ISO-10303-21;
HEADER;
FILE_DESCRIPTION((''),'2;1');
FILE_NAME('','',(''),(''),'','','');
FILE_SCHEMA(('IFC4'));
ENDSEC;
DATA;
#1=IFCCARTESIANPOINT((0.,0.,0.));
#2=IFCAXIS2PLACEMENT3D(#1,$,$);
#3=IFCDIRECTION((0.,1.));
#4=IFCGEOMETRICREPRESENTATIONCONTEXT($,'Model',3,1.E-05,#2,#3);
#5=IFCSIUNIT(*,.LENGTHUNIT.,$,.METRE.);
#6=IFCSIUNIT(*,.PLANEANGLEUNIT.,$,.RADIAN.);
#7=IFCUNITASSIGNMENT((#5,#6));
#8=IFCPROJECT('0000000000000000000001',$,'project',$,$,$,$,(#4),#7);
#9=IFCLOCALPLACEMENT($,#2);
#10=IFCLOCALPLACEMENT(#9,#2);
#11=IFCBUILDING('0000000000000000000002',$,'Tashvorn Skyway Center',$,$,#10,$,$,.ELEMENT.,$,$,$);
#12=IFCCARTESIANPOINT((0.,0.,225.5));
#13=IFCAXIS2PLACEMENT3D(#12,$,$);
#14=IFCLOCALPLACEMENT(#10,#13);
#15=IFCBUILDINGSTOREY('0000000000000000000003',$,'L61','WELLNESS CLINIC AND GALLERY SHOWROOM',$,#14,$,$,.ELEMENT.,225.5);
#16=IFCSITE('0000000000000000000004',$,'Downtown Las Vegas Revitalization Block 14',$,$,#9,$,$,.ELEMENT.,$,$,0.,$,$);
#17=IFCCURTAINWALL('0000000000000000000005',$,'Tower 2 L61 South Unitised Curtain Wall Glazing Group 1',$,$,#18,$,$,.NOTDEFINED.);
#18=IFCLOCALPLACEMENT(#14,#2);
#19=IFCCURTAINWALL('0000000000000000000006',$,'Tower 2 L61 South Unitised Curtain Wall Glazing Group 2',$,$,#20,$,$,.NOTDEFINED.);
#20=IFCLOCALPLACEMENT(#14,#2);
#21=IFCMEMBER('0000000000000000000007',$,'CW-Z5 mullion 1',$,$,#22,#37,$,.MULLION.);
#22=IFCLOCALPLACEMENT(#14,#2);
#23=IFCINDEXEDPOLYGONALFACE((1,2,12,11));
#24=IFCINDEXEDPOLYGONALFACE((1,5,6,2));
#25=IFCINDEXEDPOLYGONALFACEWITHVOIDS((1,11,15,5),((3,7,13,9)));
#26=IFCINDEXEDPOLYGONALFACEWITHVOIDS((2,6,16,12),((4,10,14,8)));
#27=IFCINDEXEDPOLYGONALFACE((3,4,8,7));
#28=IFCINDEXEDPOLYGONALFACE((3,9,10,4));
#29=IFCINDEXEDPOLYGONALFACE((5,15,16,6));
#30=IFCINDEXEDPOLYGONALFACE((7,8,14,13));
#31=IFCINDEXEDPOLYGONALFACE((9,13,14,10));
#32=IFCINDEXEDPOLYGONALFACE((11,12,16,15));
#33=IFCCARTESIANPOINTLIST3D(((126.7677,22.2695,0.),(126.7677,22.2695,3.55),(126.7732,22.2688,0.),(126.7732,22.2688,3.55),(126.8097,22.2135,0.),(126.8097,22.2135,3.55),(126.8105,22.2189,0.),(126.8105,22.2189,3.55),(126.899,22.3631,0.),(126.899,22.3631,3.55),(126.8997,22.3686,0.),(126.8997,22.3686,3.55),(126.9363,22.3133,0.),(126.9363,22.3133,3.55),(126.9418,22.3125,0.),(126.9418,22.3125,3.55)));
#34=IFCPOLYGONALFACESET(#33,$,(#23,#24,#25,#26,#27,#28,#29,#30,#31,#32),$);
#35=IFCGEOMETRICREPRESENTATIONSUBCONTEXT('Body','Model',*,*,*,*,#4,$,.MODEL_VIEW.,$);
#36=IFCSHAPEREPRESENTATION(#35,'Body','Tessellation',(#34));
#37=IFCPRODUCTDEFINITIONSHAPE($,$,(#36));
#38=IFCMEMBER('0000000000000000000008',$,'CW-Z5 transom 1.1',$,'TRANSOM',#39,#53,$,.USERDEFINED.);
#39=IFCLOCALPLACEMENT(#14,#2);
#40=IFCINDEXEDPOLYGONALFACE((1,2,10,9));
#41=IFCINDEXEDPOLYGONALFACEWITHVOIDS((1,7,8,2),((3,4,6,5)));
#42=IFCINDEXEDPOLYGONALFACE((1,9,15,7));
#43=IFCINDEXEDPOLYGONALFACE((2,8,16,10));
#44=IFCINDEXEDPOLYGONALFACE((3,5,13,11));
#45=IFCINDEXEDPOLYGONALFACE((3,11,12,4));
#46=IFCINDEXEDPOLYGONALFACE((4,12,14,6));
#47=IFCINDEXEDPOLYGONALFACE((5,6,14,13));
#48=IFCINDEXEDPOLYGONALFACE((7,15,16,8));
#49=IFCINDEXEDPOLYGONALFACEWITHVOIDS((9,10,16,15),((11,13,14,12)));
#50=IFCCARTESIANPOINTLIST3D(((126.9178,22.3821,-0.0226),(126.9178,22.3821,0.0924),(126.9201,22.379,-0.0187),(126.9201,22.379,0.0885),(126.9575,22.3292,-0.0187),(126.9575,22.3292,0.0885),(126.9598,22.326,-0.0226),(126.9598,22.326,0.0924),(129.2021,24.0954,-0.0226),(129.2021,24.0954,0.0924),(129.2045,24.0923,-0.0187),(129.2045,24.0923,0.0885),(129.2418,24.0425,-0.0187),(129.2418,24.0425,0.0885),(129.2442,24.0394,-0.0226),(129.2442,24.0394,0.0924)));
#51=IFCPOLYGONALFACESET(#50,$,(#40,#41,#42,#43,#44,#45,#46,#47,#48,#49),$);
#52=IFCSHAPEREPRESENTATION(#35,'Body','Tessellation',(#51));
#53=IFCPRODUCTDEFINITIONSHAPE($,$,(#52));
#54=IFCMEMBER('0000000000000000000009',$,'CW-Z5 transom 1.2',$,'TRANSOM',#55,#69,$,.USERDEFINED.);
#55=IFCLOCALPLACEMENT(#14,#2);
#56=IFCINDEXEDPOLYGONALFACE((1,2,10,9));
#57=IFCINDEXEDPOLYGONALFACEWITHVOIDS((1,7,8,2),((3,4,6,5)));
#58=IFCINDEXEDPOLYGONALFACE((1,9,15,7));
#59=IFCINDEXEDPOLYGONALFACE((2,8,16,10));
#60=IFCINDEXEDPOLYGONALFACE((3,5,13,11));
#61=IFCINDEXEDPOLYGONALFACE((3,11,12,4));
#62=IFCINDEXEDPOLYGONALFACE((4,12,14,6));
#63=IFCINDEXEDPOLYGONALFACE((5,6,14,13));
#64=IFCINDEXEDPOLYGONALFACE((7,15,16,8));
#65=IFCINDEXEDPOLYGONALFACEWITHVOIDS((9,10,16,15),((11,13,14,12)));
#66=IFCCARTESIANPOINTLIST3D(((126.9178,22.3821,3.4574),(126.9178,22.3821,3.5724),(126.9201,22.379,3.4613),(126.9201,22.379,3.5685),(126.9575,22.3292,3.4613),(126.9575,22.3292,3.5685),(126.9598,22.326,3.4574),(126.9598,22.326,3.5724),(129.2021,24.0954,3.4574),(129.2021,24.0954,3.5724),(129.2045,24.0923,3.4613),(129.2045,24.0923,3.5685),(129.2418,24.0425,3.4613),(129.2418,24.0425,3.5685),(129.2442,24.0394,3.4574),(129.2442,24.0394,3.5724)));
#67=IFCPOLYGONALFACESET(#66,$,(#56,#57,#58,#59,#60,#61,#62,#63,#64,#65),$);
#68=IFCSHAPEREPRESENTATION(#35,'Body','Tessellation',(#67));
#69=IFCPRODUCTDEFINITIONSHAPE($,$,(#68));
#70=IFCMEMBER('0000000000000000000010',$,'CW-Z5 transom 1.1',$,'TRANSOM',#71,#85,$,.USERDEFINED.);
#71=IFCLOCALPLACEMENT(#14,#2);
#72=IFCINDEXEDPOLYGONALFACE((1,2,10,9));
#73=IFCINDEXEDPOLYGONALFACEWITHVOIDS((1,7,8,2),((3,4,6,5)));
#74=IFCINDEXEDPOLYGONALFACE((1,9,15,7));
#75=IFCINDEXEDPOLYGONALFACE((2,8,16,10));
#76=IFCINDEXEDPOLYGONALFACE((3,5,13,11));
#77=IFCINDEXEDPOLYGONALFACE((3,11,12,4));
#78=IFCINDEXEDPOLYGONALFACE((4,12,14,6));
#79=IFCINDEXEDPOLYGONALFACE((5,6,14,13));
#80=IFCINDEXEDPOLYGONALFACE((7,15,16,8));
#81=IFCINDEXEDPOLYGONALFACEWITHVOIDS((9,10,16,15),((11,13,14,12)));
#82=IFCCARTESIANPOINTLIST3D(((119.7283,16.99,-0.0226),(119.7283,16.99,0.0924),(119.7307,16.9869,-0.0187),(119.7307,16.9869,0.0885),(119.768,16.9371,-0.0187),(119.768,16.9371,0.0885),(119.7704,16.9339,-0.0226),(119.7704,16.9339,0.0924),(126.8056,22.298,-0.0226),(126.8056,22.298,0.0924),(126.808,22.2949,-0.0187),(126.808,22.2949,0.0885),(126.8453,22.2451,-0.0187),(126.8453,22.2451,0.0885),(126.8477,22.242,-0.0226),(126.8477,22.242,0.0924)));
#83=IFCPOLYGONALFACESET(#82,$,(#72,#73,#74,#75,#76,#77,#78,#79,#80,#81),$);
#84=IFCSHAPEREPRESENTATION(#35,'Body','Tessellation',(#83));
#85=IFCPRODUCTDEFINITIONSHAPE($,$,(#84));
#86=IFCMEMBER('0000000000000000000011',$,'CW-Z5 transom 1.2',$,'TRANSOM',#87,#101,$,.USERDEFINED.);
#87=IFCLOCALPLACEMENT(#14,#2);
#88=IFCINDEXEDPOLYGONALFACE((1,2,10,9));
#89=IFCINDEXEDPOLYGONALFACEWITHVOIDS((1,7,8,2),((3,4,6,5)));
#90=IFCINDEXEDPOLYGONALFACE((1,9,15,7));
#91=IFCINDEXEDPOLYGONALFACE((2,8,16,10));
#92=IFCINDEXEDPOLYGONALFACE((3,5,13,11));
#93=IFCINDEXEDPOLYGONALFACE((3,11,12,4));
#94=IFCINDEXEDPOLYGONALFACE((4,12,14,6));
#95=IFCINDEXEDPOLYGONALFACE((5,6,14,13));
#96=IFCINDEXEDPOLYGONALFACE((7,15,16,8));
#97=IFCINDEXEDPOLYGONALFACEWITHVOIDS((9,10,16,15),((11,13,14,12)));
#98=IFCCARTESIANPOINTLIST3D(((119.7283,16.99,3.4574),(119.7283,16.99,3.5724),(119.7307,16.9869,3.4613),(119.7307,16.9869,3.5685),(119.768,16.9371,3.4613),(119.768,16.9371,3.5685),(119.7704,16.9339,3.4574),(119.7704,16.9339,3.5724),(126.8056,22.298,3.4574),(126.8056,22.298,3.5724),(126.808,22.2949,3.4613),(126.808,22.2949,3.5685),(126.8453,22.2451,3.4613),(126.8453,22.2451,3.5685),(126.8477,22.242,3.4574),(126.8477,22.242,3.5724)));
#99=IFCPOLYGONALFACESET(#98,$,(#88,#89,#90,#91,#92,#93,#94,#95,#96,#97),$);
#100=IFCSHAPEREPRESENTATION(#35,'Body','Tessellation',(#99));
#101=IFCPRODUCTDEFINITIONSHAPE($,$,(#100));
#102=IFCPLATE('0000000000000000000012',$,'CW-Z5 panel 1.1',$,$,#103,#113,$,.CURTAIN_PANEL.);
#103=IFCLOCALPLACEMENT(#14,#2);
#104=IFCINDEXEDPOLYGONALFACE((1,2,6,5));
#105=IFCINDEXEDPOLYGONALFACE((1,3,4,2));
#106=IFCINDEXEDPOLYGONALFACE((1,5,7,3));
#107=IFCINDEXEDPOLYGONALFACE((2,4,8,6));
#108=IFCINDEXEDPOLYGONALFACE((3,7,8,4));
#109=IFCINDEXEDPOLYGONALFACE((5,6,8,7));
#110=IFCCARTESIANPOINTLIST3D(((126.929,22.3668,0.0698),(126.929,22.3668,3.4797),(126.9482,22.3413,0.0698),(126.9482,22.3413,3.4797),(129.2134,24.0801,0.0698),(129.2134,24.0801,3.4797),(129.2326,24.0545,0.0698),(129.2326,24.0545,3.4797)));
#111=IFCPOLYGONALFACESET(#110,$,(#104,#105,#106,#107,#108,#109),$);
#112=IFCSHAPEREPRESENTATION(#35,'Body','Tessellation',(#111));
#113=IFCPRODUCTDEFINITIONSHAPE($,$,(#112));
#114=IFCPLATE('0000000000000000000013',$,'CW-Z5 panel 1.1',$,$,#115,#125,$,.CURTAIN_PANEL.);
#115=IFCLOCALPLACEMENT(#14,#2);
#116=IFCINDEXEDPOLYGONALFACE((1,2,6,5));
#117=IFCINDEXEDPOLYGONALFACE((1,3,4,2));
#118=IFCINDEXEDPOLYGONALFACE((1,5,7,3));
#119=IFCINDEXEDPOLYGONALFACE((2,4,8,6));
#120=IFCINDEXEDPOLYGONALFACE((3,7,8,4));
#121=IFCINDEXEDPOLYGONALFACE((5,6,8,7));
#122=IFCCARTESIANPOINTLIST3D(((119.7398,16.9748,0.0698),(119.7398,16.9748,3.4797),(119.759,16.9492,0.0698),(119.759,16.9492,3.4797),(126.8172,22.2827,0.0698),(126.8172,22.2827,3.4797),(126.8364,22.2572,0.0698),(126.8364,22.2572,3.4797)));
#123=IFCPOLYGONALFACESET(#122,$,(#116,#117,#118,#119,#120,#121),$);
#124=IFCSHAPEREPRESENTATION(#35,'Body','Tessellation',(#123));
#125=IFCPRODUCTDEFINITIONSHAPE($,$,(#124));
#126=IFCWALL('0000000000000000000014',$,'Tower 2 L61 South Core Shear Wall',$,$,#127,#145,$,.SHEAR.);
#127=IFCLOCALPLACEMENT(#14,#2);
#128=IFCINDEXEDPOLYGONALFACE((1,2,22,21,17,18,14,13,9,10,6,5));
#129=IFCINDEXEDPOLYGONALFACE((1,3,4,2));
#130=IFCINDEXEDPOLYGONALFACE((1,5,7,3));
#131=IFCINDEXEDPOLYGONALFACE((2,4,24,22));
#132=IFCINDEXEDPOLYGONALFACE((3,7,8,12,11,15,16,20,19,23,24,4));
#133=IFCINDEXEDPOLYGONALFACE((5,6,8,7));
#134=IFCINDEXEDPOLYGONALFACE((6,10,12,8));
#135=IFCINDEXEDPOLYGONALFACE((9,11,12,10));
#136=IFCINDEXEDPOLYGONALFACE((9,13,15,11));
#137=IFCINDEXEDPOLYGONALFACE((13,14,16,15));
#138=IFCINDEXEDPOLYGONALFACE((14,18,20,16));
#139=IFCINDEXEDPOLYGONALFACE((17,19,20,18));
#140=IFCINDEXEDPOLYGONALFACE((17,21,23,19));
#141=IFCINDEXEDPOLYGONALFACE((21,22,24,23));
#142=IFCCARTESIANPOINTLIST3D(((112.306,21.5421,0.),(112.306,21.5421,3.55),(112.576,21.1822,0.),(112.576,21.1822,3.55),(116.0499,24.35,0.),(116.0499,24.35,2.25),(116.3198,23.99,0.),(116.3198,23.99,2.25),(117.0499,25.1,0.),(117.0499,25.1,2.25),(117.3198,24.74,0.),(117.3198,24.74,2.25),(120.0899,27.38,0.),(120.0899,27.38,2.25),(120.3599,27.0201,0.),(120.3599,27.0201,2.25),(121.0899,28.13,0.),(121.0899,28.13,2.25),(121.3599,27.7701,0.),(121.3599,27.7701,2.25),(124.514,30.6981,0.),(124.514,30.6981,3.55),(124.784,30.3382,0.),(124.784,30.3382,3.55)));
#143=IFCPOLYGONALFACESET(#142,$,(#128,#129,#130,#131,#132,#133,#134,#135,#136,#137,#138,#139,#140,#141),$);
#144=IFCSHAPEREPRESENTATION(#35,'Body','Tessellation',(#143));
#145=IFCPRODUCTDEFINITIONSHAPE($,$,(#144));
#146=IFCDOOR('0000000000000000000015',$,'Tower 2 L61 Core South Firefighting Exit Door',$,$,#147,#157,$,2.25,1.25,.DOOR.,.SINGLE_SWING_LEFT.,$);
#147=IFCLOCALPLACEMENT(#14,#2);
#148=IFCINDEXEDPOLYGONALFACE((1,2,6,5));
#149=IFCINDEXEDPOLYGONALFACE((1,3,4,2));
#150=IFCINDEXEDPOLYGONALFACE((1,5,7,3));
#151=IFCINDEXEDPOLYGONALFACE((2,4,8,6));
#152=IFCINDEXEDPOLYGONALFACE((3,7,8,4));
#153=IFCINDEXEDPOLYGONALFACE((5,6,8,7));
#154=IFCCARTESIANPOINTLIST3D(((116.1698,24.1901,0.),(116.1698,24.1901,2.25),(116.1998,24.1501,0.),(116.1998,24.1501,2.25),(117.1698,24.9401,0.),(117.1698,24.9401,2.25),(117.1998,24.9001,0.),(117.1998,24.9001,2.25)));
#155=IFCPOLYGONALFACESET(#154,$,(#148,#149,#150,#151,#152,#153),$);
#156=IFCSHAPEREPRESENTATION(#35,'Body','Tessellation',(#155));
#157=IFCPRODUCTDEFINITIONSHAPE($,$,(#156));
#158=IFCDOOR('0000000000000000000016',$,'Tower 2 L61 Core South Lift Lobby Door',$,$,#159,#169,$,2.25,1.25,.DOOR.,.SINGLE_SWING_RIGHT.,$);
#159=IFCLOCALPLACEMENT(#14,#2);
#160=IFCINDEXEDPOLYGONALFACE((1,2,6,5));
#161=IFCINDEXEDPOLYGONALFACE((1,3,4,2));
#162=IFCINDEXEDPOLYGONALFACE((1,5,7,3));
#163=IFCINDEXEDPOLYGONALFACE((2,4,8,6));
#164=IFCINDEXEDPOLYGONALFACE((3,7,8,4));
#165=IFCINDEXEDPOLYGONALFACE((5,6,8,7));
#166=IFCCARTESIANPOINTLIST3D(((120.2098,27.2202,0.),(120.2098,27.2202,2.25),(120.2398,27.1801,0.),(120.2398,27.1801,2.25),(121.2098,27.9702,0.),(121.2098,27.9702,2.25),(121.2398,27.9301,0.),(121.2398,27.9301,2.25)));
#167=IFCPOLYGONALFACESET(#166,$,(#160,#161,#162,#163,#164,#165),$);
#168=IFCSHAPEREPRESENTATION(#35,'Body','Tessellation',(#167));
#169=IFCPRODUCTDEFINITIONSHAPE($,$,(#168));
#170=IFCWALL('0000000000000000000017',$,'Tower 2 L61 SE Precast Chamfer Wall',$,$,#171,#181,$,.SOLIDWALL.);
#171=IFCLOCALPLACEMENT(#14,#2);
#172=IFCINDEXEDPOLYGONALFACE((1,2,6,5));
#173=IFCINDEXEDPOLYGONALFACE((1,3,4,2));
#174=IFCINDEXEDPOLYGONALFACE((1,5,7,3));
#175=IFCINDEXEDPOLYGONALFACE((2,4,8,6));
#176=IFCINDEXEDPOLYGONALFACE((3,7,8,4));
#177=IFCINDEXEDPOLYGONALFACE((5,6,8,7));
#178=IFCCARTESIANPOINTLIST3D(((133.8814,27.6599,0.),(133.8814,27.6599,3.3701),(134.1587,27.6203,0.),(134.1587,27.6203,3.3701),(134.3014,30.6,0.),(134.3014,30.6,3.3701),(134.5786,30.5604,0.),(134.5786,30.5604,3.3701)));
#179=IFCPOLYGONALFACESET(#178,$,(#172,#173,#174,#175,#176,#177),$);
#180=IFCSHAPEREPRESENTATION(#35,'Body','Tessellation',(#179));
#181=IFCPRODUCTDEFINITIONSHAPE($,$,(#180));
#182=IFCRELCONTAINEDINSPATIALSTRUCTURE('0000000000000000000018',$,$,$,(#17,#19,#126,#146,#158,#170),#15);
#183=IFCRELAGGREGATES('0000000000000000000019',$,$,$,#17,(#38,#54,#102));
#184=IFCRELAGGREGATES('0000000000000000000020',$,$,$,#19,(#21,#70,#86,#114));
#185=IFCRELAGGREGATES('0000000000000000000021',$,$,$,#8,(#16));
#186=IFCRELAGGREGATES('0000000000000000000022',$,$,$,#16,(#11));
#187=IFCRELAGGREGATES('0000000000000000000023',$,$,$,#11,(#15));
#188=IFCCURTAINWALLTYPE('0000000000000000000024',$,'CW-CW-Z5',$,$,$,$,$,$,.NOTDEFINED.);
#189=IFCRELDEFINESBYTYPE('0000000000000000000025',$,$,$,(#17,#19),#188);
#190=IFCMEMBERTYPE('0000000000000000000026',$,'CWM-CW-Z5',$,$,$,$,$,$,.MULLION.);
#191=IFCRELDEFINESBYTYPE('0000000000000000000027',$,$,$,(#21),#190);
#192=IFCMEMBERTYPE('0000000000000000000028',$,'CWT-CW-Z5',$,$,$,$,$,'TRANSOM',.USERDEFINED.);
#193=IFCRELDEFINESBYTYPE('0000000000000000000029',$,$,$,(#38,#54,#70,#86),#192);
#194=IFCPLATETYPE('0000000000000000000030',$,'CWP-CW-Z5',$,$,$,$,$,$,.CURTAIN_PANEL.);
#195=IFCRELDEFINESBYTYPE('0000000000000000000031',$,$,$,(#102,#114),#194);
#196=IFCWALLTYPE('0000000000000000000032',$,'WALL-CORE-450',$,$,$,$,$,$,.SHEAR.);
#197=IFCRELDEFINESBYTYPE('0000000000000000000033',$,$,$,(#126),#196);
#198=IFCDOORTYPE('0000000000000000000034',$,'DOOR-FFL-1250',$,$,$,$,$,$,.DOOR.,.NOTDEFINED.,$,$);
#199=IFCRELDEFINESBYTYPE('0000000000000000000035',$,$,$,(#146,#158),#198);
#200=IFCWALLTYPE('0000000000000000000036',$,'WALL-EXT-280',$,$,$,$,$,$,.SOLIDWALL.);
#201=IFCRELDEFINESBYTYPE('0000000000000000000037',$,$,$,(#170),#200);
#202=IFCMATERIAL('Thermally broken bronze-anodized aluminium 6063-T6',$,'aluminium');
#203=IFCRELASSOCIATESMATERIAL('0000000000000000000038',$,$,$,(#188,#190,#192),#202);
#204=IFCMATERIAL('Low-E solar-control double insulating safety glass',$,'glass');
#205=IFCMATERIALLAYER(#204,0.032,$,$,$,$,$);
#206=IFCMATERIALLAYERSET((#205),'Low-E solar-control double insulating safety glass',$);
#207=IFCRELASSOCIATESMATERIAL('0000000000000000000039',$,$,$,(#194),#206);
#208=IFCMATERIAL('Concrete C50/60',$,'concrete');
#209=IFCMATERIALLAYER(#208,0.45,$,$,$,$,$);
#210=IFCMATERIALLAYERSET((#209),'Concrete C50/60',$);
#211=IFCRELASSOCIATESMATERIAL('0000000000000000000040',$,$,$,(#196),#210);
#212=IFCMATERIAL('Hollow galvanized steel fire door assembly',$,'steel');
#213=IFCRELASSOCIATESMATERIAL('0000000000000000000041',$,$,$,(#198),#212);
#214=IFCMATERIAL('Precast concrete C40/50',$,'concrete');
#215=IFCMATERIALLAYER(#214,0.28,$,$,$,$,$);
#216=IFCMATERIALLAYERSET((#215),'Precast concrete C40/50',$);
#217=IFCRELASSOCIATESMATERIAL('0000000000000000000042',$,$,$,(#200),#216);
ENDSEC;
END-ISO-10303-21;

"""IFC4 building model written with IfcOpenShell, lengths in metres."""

from ifc_helpers import new_model, si_unit, direction, frame, frame_2d, origin, origin_2d, place, context, subcontext, project, spatial, rectangle, hollow_rectangle, extrude, material, layer, layer_set, material_profile, profile_set, type_object, element, fill, aggregate, save


model = new_model("IFC4")

# Units and contexts
model_context = context("Model", 3, precision=1e-05, world=origin(), true_north=direction((0.0, 1.0)))
body_context = subcontext(model_context, "Body", "Model", "MODEL_VIEW")
ifc_project = project(units=[si_unit("LENGTHUNIT", "METRE"), si_unit("PLANEANGLEUNIT", "RADIAN")], contexts=[model_context])

# Site, building, storey
site_placement = place(None, origin())
site = spatial("IfcSite", under=ifc_project, at=site_placement, Name="Downtown Las Vegas Revitalization Block 14", CompositionType="ELEMENT", RefElevation=0.0)
building_placement = place(site_placement, origin())
building = spatial("IfcBuilding", under=site, at=building_placement, Name="Tashvorn Skyway Center", CompositionType="ELEMENT")
storey_placement = place(building_placement, frame((0.0, 0.0, 225.5)))
storey = spatial("IfcBuildingStorey", under=building, at=storey_placement, Name="L61", Description="WELLNESS CLINIC AND GALLERY SHOWROOM", CompositionType="ELEMENT", Elevation=225.5)

# Curtain wall
ifc_material_1 = material(Name="Thermally broken bronze-anodized aluminium 6063-T6", Category="aluminium")
curtain_wall_type = type_object("IfcCurtainWallType", Name="CW-CW-Z5", PredefinedType="NOTDEFINED", material=ifc_material_1)
curtain_wall_1_placement = place(storey_placement, origin())
curtain_wall_1 = element("IfcCurtainWall", 1, at=curtain_wall_1_placement, inside=storey, type_object=curtain_wall_type, Name="Tower 2 L61 South Unitised Curtain Wall Glazing Group 1", PredefinedType="NOTDEFINED")
ifc_material_profile_1 = material_profile(ifc_material_1, hollow_rectangle(XDim=0.0701, YDim=0.165, WallThickness=0.0039, at=origin_2d()), Name="ALU-MULL-70x165")
ifc_profile_set_1 = profile_set([ifc_material_profile_1], Name="Thermally broken bronze-anodized aluminium 6063-T6")
member_type_1 = type_object("IfcMemberType", Name="CWM-CW-Z5", PredefinedType="MULLION", material=ifc_profile_set_1)

# Curtain wall, member
curtain_wall_2_placement = place(storey_placement, origin())
curtain_wall_2 = element("IfcCurtainWall", 2, at=curtain_wall_2_placement, inside=storey, type_object=curtain_wall_type, Name="Tower 2 L61 South Unitised Curtain Wall Glazing Group 2", PredefinedType="NOTDEFINED")
member_1_placement = place(storey_placement, frame((126.8547, 22.291, 0.0), z_axis=(0.0, 0.0, 1.0), x_axis=(0.599996, -0.800003, 0.0)))
member_1 = element("IfcMember", 3, at=member_1_placement, type_object=member_type_1, Name="CW-Z5 mullion 1", PredefinedType="MULLION", context=body_context, shape_type="SweptSolid", body=[
    extrude(hollow_rectangle(XDim=0.0701, YDim=0.165, WallThickness=0.0039, at=origin_2d()), origin(), (0.0, 0.0, 1.0), 3.55),
])

# Members
ifc_material_profile_2 = material_profile(ifc_material_1, hollow_rectangle(XDim=0.0701, YDim=0.115, WallThickness=0.0039, at=origin_2d()), Name="ALU-TRAN-70x115")
ifc_profile_set_2 = profile_set([ifc_material_profile_2], Name="Thermally broken bronze-anodized aluminium 6063-T6")
member_type_2 = type_object("IfcMemberType", Name="CWT-CW-Z5", ElementType="TRANSOM", PredefinedType="USERDEFINED", material=ifc_profile_set_2)
member_2_placement = place(storey_placement, frame((129.2231, 24.0674, 0.0349), z_axis=(-0.79999, -0.600014, 0.0), x_axis=(0.600014, -0.79999, 0.0)))
member_2 = element("IfcMember", 4, at=member_2_placement, type_object=member_type_2, Name="CW-Z5 transom 1.1", ObjectType="TRANSOM", PredefinedType="USERDEFINED", context=body_context, shape_type="SweptSolid", body=[
    extrude(hollow_rectangle(XDim=0.0701, YDim=0.115, WallThickness=0.0039, at=origin_2d()), origin(), (0.0, 0.0, 1.0), 2.8555),
])
member_3_placement = place(storey_placement, frame((129.2231, 24.0674, 3.5149), z_axis=(-0.79999, -0.600014, 0.0), x_axis=(0.600014, -0.79999, 0.0)))
member_3 = element("IfcMember", 5, at=member_3_placement, type_object=member_type_2, Name="CW-Z5 transom 1.2", ObjectType="TRANSOM", PredefinedType="USERDEFINED", context=body_context, shape_type="SweptSolid", body=[
    extrude(hollow_rectangle(XDim=0.0701, YDim=0.115, WallThickness=0.0039, at=origin_2d()), origin(), (0.0, 0.0, 1.0), 2.8555),
])
member_4_placement = place(storey_placement, frame((126.8267, 22.27, 0.0349), z_axis=(-0.799997, -0.600004, 0.0), x_axis=(0.600004, -0.799997, 0.0)))
member_4 = element("IfcMember", 6, at=member_4_placement, type_object=member_type_2, Name="CW-Z5 transom 1.1", ObjectType="TRANSOM", PredefinedType="USERDEFINED", context=body_context, shape_type="SweptSolid", body=[
    extrude(hollow_rectangle(XDim=0.0701, YDim=0.115, WallThickness=0.0039, at=origin_2d()), origin(), (0.0, 0.0, 1.0), 8.8467),
])
member_5_placement = place(storey_placement, frame((126.8267, 22.27, 3.5149), z_axis=(-0.799997, -0.600004, 0.0), x_axis=(0.600004, -0.799997, 0.0)))
member_5 = element("IfcMember", 7, at=member_5_placement, type_object=member_type_2, Name="CW-Z5 transom 1.2", ObjectType="TRANSOM", PredefinedType="USERDEFINED", context=body_context, shape_type="SweptSolid", body=[
    extrude(hollow_rectangle(XDim=0.0701, YDim=0.115, WallThickness=0.0039, at=origin_2d()), origin(), (0.0, 0.0, 1.0), 8.8467),
])

# Plates
ifc_material_2 = material(Name="Low-E solar-control double insulating safety glass", Category="glass")
ifc_layer_1 = layer(ifc_material_2, 0.032)
ifc_layer_set_1 = layer_set([ifc_layer_1], Name="Low-E solar-control double insulating safety glass")
plate_type = type_object("IfcPlateType", Name="CWP-CW-Z5", PredefinedType="CURTAIN_PANEL", material=ifc_layer_set_1)
plate_1_placement = place(storey_placement, frame((128.0808, 23.2107, 0.0698), z_axis=(0.0, 0.0, 1.0), x_axis=(-0.8, -0.6, 0.0)))
plate_1 = element("IfcPlate", 8, at=plate_1_placement, type_object=plate_type, Name="CW-Z5 panel 1.1", PredefinedType="CURTAIN_PANEL", context=body_context, shape_type="SweptSolid", body=[
    extrude(rectangle(XDim=2.8555, YDim=0.032, at=origin_2d()), origin(), (0.0, 0.0, 1.0), 3.4099),
])
aggregate(curtain_wall_1, [member_2, member_3, plate_1])
plate_2_placement = place(storey_placement, frame((123.2881, 19.616, 0.0698), z_axis=(0.0, 0.0, 1.0), x_axis=(-0.800003, -0.599996, 0.0)))
plate_2 = element("IfcPlate", 9, at=plate_2_placement, type_object=plate_type, Name="CW-Z5 panel 1.1", PredefinedType="CURTAIN_PANEL", context=body_context, shape_type="SweptSolid", body=[
    extrude(rectangle(XDim=8.8467, YDim=0.032, at=origin_2d()), origin(), (0.0, 0.0, 1.0), 3.4099),
])
aggregate(curtain_wall_2, [member_1, member_4, member_5, plate_2])

# Wall, openings, doors
ifc_material_3 = material(Name="Concrete C50/60", Category="concrete")
ifc_layer_2 = layer(ifc_material_3, 0.45)
ifc_layer_set_2 = layer_set([ifc_layer_2], Name="Concrete C50/60")
wall_type_1 = type_object("IfcWallType", Name="WALL-CORE-450", PredefinedType="SHEAR", material=ifc_layer_set_2)
wall_1_placement = place(storey_placement, frame((124.6489, 30.5181, 0.0), z_axis=(0.0, 0.0, 1.0), x_axis=(-0.8, -0.6, 0.0)))
wall_1 = element("IfcWall", 10, at=wall_1_placement, inside=storey, type_object=wall_type_1, Name="Tower 2 L61 South Core Shear Wall", PredefinedType="SHEAR", context=body_context, shape_type="SweptSolid", body=[
    extrude(rectangle(XDim=15.26, YDim=0.45, at=frame_2d((7.6299, 0.0))), origin(), (0.0, 0.0, 1.0), 3.55),
])
opening_1_placement = place(wall_1_placement, frame((9.3301, 0.0, 0.0)))
opening_1 = element("IfcOpeningElement", 11, at=opening_1_placement, cuts=wall_1, PredefinedType="OPENING", context=body_context, shape_type="SweptSolid", body=[
    extrude(rectangle(XDim=1.25, YDim=2.25, at=frame_2d((0.625, 1.125))), frame((0.0, 0.2349, 0.0), z_axis=(0.0, -1.0, 0.0), x_axis=(1.0, 0.0, 0.0)), (0.0, 0.0, 1.0), 0.47),
])
opening_2_placement = place(wall_1_placement, frame((4.28, 0.0, 0.0)))
opening_2 = element("IfcOpeningElement", 12, at=opening_2_placement, cuts=wall_1, PredefinedType="OPENING", context=body_context, shape_type="SweptSolid", body=[
    extrude(rectangle(XDim=1.25, YDim=2.25, at=frame_2d((0.625, 1.125))), frame((0.0, 0.2349, 0.0), z_axis=(0.0, -1.0, 0.0), x_axis=(1.0, 0.0, 0.0)), (0.0, 0.0, 1.0), 0.47),
])
ifc_material_4 = material(Name="Hollow galvanized steel fire door assembly", Category="steel")
door_type_1 = type_object("IfcDoorType", Name="DOOR-FFL-1250", OperationType="NOTDEFINED", PredefinedType="DOOR", material=ifc_material_4)
door_1_placement = place(opening_1_placement, origin())
door_1 = element("IfcDoor", 13, at=door_1_placement, inside=storey, type_object=door_type_1, Name="Tower 2 L61 Core South Firefighting Exit Door", OperationType="SINGLE_SWING_LEFT", OverallHeight=2.25, OverallWidth=1.25, PredefinedType="DOOR", context=body_context, shape_type="SweptSolid", body=[
    extrude(rectangle(XDim=1.25, YDim=2.25, at=frame_2d((0.625, 1.125))), frame((0.0, 0.0249, 0.0), z_axis=(0.0, -1.0, 0.0), x_axis=(1.0, 0.0, 0.0)), (0.0, 0.0, 1.0), 0.05),
])
fill(opening_1, door_1)
door_2_placement = place(opening_2_placement, origin())
door_2 = element("IfcDoor", 14, at=door_2_placement, inside=storey, type_object=door_type_1, Name="Tower 2 L61 Core South Lift Lobby Door", OperationType="SINGLE_SWING_RIGHT", OverallHeight=2.25, OverallWidth=1.25, PredefinedType="DOOR", context=body_context, shape_type="SweptSolid", body=[
    extrude(rectangle(XDim=1.25, YDim=2.25, at=frame_2d((0.625, 1.125))), frame((0.0, 0.0249, 0.0), z_axis=(0.0, -1.0, 0.0), x_axis=(1.0, 0.0, 0.0)), (0.0, 0.0, 1.0), 0.05),
])
fill(opening_2, door_2)

# Wall
ifc_material_5 = material(Name="Precast concrete C40/50", Category="concrete")
ifc_layer_3 = layer(ifc_material_5, 0.28)
ifc_layer_set_3 = layer_set([ifc_layer_3], Name="Precast concrete C40/50")
wall_type_2 = type_object("IfcWallType", Name="WALL-EXT-280", PredefinedType="SOLIDWALL", material=ifc_layer_set_3)
wall_2_placement = place(storey_placement, frame((134.4399, 30.5801, 0.0), z_axis=(0.0, 0.0, 1.0), x_axis=(-0.141387, -0.989954, 0.0)))
element("IfcWall", 15, at=wall_2_placement, inside=storey, type_object=wall_type_2, Name="Tower 2 L61 SE Precast Chamfer Wall", PredefinedType="SOLIDWALL", context=body_context, shape_type="SweptSolid", body=[
    extrude(rectangle(XDim=2.97, YDim=0.28, at=frame_2d((1.4849, 0.0))), origin(), (0.0, 0.0, 1.0), 3.3701),
])

save(model, "model.ifc")
